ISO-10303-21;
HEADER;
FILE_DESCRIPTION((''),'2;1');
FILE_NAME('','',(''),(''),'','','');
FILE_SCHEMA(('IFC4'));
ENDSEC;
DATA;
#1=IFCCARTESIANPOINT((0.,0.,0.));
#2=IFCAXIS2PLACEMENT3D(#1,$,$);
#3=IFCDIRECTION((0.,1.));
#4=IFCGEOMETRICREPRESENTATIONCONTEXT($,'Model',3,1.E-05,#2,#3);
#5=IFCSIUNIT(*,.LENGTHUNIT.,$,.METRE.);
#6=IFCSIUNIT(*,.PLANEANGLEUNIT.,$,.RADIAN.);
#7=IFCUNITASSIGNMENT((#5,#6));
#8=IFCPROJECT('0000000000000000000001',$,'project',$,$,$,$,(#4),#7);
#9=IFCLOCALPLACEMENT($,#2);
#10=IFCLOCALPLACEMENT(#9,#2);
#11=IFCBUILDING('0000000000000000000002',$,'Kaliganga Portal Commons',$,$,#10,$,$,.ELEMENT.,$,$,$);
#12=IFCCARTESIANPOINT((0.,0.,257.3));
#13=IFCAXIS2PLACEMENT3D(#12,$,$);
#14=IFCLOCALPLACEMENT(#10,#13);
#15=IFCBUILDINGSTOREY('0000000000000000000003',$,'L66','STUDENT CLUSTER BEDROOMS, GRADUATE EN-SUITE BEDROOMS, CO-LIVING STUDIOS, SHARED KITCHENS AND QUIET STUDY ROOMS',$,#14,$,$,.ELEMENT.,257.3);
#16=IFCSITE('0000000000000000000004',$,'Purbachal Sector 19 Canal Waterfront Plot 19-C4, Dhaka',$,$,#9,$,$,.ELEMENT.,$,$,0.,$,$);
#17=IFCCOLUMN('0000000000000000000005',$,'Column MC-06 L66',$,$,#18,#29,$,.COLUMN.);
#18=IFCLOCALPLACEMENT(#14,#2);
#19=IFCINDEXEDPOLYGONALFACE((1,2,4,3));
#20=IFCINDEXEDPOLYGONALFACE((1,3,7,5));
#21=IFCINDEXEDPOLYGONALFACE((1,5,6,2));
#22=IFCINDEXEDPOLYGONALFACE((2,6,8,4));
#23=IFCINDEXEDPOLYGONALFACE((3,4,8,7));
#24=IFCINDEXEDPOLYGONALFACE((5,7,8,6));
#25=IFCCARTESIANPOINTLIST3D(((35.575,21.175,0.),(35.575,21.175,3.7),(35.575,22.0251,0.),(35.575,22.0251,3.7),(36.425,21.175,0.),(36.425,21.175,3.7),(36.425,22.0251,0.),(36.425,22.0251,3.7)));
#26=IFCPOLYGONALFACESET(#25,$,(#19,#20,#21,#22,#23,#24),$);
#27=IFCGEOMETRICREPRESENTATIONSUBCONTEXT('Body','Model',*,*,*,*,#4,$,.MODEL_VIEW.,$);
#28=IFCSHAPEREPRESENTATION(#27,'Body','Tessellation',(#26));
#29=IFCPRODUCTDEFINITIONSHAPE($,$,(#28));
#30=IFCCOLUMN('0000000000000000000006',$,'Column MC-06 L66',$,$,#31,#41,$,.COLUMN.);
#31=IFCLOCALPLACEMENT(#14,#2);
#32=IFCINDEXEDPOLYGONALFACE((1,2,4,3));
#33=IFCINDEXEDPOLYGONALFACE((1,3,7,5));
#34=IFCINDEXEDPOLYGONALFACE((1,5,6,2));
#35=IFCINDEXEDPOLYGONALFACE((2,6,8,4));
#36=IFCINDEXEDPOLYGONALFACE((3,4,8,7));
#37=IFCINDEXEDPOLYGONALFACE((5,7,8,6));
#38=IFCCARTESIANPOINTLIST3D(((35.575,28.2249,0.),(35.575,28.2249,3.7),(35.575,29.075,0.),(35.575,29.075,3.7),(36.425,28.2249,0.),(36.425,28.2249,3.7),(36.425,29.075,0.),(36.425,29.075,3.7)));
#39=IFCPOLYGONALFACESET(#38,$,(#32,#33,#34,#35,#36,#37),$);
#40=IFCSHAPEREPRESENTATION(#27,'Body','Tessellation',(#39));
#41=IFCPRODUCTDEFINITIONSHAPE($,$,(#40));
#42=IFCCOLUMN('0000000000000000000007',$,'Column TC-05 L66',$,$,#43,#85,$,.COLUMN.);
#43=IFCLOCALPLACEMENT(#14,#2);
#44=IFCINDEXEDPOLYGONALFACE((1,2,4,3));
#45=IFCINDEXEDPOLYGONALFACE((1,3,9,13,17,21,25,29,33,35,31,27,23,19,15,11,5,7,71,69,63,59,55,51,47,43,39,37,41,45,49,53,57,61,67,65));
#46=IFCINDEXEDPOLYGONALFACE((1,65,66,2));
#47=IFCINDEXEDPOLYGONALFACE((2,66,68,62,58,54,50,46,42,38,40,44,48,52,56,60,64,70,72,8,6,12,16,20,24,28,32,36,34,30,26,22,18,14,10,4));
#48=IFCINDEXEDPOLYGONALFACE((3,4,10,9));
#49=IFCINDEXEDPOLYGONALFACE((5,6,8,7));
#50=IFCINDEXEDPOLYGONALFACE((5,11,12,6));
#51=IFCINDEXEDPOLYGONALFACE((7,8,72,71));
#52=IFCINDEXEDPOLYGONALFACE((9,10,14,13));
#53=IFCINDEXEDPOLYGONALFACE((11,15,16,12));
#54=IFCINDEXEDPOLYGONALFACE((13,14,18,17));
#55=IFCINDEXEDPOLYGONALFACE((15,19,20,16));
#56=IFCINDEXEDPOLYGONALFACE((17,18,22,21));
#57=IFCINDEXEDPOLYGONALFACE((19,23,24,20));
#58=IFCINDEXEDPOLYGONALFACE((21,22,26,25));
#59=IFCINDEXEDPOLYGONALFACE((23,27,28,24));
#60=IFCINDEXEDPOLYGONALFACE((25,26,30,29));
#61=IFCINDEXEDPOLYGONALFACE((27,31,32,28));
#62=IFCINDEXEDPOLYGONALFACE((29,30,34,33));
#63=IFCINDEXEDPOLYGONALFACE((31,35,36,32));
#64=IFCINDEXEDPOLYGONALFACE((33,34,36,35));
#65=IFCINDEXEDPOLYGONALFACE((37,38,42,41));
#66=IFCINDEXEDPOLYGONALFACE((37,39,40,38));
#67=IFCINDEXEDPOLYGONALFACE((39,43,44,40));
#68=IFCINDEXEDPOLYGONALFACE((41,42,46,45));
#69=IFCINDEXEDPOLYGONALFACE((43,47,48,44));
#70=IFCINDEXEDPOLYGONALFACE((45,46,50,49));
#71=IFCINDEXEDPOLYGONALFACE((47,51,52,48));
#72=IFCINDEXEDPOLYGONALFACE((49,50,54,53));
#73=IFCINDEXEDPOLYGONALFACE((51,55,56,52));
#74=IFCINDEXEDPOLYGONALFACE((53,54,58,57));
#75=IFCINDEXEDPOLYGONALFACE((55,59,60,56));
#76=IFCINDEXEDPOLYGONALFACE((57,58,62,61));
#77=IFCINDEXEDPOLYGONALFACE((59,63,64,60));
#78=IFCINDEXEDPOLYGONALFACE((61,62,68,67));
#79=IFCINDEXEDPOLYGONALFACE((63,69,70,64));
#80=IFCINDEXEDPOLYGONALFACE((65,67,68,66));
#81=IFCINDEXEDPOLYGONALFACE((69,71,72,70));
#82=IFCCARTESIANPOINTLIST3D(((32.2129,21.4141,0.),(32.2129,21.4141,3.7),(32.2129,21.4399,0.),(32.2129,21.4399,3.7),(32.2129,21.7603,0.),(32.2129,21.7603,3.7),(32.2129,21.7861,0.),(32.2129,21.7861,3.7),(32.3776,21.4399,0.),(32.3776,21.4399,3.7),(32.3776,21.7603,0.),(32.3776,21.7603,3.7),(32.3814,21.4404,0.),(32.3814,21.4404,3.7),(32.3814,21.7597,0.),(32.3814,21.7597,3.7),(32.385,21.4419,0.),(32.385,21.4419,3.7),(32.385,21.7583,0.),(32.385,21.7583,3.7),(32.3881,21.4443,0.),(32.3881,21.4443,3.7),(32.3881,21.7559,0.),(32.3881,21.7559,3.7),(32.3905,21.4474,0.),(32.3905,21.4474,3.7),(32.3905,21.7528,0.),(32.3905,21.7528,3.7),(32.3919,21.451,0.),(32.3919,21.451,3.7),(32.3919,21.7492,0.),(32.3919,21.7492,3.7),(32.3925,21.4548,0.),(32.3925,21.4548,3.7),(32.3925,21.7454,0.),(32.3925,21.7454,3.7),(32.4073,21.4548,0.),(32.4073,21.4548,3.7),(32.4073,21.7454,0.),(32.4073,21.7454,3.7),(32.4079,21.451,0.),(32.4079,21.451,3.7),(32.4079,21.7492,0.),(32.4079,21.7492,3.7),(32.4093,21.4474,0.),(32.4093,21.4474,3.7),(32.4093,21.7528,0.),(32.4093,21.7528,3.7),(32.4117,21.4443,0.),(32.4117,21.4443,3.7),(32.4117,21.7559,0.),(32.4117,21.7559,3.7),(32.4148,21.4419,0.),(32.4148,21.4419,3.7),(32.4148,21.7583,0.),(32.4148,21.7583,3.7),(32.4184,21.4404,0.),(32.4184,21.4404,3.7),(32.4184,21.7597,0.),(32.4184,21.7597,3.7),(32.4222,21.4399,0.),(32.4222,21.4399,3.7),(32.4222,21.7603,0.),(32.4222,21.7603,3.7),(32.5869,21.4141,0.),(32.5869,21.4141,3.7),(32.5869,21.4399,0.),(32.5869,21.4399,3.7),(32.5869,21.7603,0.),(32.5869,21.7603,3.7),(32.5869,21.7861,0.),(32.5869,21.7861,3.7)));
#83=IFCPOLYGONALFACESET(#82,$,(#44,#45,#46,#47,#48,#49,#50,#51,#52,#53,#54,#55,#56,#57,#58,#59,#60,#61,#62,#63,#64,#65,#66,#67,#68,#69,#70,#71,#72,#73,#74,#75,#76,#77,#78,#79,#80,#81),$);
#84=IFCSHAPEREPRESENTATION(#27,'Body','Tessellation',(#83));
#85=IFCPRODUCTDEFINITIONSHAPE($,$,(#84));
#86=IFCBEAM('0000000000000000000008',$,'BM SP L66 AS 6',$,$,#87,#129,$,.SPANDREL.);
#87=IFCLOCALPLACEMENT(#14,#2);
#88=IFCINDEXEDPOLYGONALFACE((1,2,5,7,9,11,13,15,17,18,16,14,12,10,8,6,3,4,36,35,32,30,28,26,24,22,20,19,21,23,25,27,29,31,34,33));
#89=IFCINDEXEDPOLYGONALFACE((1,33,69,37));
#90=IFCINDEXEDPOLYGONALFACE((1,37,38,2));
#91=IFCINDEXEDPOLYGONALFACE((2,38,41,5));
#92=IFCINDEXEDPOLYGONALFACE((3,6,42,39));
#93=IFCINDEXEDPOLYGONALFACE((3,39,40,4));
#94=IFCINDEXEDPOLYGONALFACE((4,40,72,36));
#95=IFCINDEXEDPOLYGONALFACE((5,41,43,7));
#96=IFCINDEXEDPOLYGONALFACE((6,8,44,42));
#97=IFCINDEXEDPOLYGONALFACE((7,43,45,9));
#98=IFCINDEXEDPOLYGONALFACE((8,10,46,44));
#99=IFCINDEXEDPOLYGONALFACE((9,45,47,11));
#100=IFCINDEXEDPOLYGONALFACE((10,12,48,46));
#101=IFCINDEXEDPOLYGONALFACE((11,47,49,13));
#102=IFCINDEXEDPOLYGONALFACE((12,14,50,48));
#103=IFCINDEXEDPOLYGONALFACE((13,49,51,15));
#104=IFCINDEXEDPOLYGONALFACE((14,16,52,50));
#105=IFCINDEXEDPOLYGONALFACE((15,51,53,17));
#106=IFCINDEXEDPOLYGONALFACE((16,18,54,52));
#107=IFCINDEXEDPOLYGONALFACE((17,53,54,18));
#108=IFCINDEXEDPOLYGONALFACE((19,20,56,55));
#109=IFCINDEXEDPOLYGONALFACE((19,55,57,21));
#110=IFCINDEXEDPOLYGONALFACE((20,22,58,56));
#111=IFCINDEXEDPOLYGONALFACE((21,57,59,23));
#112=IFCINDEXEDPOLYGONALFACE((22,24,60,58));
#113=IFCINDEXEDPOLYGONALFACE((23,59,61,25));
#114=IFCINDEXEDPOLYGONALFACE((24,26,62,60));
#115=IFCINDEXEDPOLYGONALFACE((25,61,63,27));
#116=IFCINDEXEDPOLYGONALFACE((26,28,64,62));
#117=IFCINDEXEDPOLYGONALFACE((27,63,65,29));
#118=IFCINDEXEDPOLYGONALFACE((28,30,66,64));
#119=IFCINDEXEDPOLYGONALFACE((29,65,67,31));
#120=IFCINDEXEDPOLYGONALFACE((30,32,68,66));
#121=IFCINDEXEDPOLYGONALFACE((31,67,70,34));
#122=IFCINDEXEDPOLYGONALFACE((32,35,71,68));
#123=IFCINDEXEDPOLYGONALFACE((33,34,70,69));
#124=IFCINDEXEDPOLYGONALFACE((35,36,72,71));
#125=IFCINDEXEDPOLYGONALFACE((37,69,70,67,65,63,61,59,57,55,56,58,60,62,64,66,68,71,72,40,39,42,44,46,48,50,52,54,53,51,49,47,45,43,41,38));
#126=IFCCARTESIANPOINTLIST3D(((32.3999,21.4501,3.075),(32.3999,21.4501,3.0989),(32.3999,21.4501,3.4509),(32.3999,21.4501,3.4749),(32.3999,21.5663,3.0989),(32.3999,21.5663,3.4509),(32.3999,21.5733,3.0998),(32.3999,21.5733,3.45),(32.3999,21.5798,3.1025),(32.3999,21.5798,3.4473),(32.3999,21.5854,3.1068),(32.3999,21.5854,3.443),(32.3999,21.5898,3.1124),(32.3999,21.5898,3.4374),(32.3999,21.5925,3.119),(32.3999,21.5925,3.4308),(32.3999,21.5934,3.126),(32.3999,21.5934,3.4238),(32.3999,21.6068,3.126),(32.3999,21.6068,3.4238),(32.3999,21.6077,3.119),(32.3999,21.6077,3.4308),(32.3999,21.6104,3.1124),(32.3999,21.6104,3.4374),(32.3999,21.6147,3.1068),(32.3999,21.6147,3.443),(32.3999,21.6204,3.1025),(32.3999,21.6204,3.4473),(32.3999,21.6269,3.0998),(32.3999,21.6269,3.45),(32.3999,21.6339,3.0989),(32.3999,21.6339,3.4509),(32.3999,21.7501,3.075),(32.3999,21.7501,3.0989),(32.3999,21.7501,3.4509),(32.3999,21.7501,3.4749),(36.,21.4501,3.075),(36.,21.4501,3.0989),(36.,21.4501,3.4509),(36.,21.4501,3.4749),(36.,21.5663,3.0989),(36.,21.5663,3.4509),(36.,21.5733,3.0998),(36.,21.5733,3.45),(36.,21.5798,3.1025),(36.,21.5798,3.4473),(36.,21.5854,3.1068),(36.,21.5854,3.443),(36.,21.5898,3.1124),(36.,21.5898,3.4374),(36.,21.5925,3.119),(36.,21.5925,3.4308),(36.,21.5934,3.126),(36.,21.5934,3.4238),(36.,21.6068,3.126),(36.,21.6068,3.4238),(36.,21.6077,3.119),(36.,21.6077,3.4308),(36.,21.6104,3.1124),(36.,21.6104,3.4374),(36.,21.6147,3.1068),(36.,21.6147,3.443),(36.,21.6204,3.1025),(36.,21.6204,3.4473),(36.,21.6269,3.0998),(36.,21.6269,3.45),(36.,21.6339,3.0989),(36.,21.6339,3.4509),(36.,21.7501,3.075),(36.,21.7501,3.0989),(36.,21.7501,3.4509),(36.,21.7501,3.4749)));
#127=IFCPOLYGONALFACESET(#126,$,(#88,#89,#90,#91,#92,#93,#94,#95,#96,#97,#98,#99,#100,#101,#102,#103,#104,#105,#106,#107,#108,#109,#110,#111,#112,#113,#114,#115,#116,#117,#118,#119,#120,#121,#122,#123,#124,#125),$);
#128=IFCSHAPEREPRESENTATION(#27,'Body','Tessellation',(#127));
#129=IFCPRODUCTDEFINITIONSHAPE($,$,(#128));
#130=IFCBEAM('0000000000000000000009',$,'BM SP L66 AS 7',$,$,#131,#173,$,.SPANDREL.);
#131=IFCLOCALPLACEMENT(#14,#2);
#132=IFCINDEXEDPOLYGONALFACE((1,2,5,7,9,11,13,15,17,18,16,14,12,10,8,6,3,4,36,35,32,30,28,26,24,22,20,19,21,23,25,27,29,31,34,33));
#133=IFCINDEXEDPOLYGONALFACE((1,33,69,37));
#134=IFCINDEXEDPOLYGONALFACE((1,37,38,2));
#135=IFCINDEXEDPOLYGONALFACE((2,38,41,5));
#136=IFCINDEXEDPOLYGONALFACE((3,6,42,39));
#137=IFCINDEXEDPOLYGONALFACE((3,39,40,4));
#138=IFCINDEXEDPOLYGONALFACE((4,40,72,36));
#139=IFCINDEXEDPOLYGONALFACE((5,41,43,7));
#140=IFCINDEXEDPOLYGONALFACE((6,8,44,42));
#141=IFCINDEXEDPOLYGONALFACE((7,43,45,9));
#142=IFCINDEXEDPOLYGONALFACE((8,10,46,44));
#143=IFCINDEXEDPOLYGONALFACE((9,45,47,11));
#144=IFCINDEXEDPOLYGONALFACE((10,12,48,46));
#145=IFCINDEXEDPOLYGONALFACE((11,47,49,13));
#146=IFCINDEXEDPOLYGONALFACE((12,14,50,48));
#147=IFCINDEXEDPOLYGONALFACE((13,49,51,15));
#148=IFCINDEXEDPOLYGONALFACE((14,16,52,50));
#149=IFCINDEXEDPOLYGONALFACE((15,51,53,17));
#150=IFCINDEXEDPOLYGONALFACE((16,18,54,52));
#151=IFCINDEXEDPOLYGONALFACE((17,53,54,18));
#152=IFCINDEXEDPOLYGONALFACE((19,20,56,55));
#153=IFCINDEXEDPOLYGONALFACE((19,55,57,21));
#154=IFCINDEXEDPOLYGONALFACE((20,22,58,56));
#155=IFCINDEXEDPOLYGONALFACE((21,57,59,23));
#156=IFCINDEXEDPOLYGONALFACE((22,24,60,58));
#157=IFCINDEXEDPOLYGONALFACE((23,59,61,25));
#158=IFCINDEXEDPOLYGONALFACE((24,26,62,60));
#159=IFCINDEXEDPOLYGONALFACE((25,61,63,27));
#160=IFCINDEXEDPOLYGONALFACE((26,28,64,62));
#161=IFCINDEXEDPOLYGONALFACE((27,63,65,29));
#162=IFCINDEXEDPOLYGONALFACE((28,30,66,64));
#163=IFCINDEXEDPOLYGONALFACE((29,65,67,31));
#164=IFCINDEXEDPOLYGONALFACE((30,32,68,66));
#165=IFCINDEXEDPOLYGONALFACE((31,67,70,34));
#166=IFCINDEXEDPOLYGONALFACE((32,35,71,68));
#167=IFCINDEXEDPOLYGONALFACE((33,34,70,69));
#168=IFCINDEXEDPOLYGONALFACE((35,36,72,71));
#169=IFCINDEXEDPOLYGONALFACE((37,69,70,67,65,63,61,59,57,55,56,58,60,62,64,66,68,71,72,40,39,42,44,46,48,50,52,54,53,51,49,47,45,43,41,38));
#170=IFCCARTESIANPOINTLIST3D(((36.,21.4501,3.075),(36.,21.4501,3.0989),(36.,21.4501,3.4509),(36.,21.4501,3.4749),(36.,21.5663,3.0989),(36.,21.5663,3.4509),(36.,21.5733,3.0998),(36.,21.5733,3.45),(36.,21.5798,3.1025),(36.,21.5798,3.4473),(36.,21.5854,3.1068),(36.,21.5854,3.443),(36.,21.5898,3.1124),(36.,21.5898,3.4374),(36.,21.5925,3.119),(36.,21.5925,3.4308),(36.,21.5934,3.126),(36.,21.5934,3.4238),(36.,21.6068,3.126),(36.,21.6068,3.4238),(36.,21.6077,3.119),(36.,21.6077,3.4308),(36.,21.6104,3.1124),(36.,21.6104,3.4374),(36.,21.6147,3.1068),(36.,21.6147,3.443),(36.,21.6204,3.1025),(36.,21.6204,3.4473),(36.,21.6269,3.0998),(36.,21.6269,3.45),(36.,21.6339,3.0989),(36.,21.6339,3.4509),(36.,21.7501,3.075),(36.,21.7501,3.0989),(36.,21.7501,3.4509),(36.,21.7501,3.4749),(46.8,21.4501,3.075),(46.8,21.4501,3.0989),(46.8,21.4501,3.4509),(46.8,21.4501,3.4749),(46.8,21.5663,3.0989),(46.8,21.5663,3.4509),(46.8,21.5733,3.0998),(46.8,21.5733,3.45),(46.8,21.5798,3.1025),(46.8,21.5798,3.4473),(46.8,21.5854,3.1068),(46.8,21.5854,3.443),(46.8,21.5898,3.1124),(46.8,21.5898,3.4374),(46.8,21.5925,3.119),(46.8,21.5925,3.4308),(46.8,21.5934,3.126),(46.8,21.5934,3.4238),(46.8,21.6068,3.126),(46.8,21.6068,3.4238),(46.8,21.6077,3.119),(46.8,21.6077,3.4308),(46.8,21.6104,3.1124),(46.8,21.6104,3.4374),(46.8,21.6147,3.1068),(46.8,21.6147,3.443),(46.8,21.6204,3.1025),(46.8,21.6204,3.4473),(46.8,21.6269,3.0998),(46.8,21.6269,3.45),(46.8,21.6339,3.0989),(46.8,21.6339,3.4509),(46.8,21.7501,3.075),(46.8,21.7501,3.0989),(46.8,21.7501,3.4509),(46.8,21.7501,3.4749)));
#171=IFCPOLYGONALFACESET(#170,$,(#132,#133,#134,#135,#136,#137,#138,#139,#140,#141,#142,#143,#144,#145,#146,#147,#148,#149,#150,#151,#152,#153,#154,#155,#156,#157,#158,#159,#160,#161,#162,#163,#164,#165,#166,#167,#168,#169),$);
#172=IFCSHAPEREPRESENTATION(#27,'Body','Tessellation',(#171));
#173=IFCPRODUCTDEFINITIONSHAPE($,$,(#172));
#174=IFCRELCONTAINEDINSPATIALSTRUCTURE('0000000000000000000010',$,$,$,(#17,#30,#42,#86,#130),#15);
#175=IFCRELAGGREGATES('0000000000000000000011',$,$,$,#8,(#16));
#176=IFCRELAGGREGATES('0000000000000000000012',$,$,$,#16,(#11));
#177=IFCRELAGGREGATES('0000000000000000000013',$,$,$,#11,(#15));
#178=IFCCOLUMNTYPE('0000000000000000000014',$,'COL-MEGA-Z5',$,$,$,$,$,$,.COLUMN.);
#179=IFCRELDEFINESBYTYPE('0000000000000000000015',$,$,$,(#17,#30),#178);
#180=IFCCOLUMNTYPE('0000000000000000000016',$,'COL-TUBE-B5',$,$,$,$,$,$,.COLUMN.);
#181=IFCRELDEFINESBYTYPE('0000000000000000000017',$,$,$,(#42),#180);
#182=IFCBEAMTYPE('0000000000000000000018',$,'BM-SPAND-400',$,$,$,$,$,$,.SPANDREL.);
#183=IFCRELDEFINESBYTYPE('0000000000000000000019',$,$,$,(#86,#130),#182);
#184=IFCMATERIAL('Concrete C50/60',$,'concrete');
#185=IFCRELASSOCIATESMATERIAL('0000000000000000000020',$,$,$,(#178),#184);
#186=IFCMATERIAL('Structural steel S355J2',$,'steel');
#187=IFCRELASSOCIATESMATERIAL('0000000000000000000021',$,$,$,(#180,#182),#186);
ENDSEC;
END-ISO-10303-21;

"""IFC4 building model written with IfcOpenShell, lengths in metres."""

from ifc_helpers import new_model, si_unit, direction, frame, origin, origin_2d, place, context, subcontext, project, spatial, rectangle, i_section, extrude, source, transform, mapped, material, material_profile, profile_set, type_object, element, save


model = new_model("IFC4")

# Units and contexts
model_context = context("Model", 3, precision=1e-05, world=origin(), true_north=direction((0.0, 1.0)))
body_context = subcontext(model_context, "Body", "Model", "MODEL_VIEW")
ifc_project = project(units=[si_unit("LENGTHUNIT", "METRE"), si_unit("PLANEANGLEUNIT", "RADIAN")], contexts=[model_context])

# Site, building, storey
site_placement = place(None, origin())
site = spatial("IfcSite", under=ifc_project, at=site_placement, Name="Purbachal Sector 19 Canal Waterfront Plot 19-C4, Dhaka", CompositionType="ELEMENT", RefElevation=0.0)
building_placement = place(site_placement, origin())
building = spatial("IfcBuilding", under=site, at=building_placement, Name="Kaliganga Portal Commons", CompositionType="ELEMENT")
storey_placement = place(building_placement, frame((0.0, 0.0, 257.3)))
storey = spatial("IfcBuildingStorey", under=building, at=storey_placement, Name="L66", Description="STUDENT CLUSTER BEDROOMS, GRADUATE EN-SUITE BEDROOMS, CO-LIVING STUDIOS, SHARED KITCHENS AND QUIET STUDY ROOMS", CompositionType="ELEMENT", Elevation=257.3)

# Columns
ifc_material_1 = material(Name="Concrete C50/60", Category="concrete")
ifc_material_profile_1 = material_profile(ifc_material_1, rectangle(XDim=0.8501, YDim=0.8501, at=origin_2d()), Name="RC 850x850")
ifc_profile_set_1 = profile_set([ifc_material_profile_1], Name="Concrete C50/60")
column_type_1 = type_object("IfcColumnType", Name="COL-MEGA-Z5", PredefinedType="COLUMN", material=ifc_profile_set_1)
shared_shape_1 = source(origin(), body_context, "Body", "SweptSolid", [
    extrude(rectangle(XDim=0.8501, YDim=0.8501, at=origin_2d()), origin(), (0.0, 0.0, 1.0), 3.7),
])
for number, where, z_axis, x_axis, name in (
    (1, (36.0, 21.6001, 0.0), (0.0, 0.0, 1.0), (1.0, 0.0, 0.0), "Column MC-06 L66"),
    (2, (36.0, 28.6499, 0.0), (0.0, 0.0, 1.0), (1.0, 0.0, 0.0), "Column MC-06 L66"),
):
    element("IfcColumn", number, at=place(storey_placement, frame(where, z_axis=z_axis, x_axis=x_axis)), inside=storey, type_object=column_type_1, Name=name, PredefinedType="COLUMN", context=body_context, shape_type="MappedRepresentation", body=[
        mapped(shared_shape_1, transform((0.0, 0.0, 0.0), x_axis=(1.0, 0.0, 0.0), y_axis=(0.0, 1.0, 0.0), z_axis=(0.0, 0.0, 1.0), scale=1.0)),
    ])
ifc_material_2 = material(Name="Structural steel S355J2", Category="steel")
ifc_material_profile_2 = material_profile(ifc_material_2, i_section(OverallWidth=0.374, OverallDepth=0.3721, WebThickness=0.0149, FlangeThickness=0.0259, FilletRadius=0.0149, at=origin_2d()), Name="HD 360x196")
ifc_profile_set_2 = profile_set([ifc_material_profile_2], Name="Structural steel S355J2 wide-flange")
column_type_2 = type_object("IfcColumnType", Name="COL-TUBE-B5", PredefinedType="COLUMN", material=ifc_profile_set_2)
shared_shape_2 = source(origin(), body_context, "Body", "SweptSolid", [
    extrude(i_section(OverallWidth=0.374, OverallDepth=0.3721, WebThickness=0.0149, FlangeThickness=0.0259, FilletRadius=0.0149, at=origin_2d()), origin(), (0.0, 0.0, 1.0), 3.7),
])
column_placement = place(storey_placement, frame((32.3999, 21.6001, 0.0), z_axis=(0.0, 0.0, 1.0), x_axis=(1.0, 0.0, 0.0)))
element("IfcColumn", 3, at=column_placement, inside=storey, type_object=column_type_2, Name="Column TC-05 L66", PredefinedType="COLUMN", context=body_context, shape_type="MappedRepresentation", body=[
    mapped(shared_shape_2, transform((0.0, 0.0, 0.0), x_axis=(1.0, 0.0, 0.0), y_axis=(0.0, 1.0, 0.0), z_axis=(0.0, 0.0, 1.0), scale=1.0)),
])

# Beams
ifc_material_profile_3 = material_profile(ifc_material_2, i_section(OverallWidth=0.3, OverallDepth=0.3999, WebThickness=0.0134, FlangeThickness=0.0239, FilletRadius=0.0271, at=origin_2d()), Name="HE 400 B")
ifc_profile_set_3 = profile_set([ifc_material_profile_3], Name="Structural steel S355J2 wide-flange")
beam_type_1 = type_object("IfcBeamType", Name="BM-SPAND-400", PredefinedType="SPANDREL", material=ifc_profile_set_3)
shared_shape_3 = source(origin(), body_context, "Body", "SweptSolid", [
    extrude(i_section(OverallWidth=0.3, OverallDepth=0.3999, WebThickness=0.0134, FlangeThickness=0.0239, FilletRadius=0.0271, at=origin_2d()), origin(), (0.0, 0.0, 1.0), 3.6001),
])
beam_1_placement = place(storey_placement, frame((32.3999, 21.6001, 3.2749), z_axis=(1.0, 0.0, 0.0), x_axis=(0.0, 1.0, 0.0)))
element("IfcBeam", 4, at=beam_1_placement, inside=storey, type_object=beam_type_1, Name="BM SP L66 AS 6", PredefinedType="SPANDREL", context=body_context, shape_type="MappedRepresentation", body=[
    mapped(shared_shape_3, transform((0.0, 0.0, 0.0), x_axis=(1.0, 0.0, 0.0), y_axis=(0.0, 1.0, 0.0), z_axis=(0.0, 0.0, 1.0), scale=1.0)),
])
shared_shape_4 = source(origin(), body_context, "Body", "SweptSolid", [
    extrude(i_section(OverallWidth=0.3, OverallDepth=0.3999, WebThickness=0.0134, FlangeThickness=0.0239, FilletRadius=0.0271, at=origin_2d()), origin(), (0.0, 0.0, 1.0), 10.8),
])
beam_2_placement = place(storey_placement, frame((36.0, 21.6001, 3.2749), z_axis=(1.0, 0.0, 0.0), x_axis=(0.0, 1.0, 0.0)))
element("IfcBeam", 5, at=beam_2_placement, inside=storey, type_object=beam_type_1, Name="BM SP L66 AS 7", PredefinedType="SPANDREL", context=body_context, shape_type="MappedRepresentation", body=[
    mapped(shared_shape_4, transform((0.0, 0.0, 0.0), x_axis=(1.0, 0.0, 0.0), y_axis=(0.0, 1.0, 0.0), z_axis=(0.0, 0.0, 1.0), scale=1.0)),
])

save(model, "model.ifc")
